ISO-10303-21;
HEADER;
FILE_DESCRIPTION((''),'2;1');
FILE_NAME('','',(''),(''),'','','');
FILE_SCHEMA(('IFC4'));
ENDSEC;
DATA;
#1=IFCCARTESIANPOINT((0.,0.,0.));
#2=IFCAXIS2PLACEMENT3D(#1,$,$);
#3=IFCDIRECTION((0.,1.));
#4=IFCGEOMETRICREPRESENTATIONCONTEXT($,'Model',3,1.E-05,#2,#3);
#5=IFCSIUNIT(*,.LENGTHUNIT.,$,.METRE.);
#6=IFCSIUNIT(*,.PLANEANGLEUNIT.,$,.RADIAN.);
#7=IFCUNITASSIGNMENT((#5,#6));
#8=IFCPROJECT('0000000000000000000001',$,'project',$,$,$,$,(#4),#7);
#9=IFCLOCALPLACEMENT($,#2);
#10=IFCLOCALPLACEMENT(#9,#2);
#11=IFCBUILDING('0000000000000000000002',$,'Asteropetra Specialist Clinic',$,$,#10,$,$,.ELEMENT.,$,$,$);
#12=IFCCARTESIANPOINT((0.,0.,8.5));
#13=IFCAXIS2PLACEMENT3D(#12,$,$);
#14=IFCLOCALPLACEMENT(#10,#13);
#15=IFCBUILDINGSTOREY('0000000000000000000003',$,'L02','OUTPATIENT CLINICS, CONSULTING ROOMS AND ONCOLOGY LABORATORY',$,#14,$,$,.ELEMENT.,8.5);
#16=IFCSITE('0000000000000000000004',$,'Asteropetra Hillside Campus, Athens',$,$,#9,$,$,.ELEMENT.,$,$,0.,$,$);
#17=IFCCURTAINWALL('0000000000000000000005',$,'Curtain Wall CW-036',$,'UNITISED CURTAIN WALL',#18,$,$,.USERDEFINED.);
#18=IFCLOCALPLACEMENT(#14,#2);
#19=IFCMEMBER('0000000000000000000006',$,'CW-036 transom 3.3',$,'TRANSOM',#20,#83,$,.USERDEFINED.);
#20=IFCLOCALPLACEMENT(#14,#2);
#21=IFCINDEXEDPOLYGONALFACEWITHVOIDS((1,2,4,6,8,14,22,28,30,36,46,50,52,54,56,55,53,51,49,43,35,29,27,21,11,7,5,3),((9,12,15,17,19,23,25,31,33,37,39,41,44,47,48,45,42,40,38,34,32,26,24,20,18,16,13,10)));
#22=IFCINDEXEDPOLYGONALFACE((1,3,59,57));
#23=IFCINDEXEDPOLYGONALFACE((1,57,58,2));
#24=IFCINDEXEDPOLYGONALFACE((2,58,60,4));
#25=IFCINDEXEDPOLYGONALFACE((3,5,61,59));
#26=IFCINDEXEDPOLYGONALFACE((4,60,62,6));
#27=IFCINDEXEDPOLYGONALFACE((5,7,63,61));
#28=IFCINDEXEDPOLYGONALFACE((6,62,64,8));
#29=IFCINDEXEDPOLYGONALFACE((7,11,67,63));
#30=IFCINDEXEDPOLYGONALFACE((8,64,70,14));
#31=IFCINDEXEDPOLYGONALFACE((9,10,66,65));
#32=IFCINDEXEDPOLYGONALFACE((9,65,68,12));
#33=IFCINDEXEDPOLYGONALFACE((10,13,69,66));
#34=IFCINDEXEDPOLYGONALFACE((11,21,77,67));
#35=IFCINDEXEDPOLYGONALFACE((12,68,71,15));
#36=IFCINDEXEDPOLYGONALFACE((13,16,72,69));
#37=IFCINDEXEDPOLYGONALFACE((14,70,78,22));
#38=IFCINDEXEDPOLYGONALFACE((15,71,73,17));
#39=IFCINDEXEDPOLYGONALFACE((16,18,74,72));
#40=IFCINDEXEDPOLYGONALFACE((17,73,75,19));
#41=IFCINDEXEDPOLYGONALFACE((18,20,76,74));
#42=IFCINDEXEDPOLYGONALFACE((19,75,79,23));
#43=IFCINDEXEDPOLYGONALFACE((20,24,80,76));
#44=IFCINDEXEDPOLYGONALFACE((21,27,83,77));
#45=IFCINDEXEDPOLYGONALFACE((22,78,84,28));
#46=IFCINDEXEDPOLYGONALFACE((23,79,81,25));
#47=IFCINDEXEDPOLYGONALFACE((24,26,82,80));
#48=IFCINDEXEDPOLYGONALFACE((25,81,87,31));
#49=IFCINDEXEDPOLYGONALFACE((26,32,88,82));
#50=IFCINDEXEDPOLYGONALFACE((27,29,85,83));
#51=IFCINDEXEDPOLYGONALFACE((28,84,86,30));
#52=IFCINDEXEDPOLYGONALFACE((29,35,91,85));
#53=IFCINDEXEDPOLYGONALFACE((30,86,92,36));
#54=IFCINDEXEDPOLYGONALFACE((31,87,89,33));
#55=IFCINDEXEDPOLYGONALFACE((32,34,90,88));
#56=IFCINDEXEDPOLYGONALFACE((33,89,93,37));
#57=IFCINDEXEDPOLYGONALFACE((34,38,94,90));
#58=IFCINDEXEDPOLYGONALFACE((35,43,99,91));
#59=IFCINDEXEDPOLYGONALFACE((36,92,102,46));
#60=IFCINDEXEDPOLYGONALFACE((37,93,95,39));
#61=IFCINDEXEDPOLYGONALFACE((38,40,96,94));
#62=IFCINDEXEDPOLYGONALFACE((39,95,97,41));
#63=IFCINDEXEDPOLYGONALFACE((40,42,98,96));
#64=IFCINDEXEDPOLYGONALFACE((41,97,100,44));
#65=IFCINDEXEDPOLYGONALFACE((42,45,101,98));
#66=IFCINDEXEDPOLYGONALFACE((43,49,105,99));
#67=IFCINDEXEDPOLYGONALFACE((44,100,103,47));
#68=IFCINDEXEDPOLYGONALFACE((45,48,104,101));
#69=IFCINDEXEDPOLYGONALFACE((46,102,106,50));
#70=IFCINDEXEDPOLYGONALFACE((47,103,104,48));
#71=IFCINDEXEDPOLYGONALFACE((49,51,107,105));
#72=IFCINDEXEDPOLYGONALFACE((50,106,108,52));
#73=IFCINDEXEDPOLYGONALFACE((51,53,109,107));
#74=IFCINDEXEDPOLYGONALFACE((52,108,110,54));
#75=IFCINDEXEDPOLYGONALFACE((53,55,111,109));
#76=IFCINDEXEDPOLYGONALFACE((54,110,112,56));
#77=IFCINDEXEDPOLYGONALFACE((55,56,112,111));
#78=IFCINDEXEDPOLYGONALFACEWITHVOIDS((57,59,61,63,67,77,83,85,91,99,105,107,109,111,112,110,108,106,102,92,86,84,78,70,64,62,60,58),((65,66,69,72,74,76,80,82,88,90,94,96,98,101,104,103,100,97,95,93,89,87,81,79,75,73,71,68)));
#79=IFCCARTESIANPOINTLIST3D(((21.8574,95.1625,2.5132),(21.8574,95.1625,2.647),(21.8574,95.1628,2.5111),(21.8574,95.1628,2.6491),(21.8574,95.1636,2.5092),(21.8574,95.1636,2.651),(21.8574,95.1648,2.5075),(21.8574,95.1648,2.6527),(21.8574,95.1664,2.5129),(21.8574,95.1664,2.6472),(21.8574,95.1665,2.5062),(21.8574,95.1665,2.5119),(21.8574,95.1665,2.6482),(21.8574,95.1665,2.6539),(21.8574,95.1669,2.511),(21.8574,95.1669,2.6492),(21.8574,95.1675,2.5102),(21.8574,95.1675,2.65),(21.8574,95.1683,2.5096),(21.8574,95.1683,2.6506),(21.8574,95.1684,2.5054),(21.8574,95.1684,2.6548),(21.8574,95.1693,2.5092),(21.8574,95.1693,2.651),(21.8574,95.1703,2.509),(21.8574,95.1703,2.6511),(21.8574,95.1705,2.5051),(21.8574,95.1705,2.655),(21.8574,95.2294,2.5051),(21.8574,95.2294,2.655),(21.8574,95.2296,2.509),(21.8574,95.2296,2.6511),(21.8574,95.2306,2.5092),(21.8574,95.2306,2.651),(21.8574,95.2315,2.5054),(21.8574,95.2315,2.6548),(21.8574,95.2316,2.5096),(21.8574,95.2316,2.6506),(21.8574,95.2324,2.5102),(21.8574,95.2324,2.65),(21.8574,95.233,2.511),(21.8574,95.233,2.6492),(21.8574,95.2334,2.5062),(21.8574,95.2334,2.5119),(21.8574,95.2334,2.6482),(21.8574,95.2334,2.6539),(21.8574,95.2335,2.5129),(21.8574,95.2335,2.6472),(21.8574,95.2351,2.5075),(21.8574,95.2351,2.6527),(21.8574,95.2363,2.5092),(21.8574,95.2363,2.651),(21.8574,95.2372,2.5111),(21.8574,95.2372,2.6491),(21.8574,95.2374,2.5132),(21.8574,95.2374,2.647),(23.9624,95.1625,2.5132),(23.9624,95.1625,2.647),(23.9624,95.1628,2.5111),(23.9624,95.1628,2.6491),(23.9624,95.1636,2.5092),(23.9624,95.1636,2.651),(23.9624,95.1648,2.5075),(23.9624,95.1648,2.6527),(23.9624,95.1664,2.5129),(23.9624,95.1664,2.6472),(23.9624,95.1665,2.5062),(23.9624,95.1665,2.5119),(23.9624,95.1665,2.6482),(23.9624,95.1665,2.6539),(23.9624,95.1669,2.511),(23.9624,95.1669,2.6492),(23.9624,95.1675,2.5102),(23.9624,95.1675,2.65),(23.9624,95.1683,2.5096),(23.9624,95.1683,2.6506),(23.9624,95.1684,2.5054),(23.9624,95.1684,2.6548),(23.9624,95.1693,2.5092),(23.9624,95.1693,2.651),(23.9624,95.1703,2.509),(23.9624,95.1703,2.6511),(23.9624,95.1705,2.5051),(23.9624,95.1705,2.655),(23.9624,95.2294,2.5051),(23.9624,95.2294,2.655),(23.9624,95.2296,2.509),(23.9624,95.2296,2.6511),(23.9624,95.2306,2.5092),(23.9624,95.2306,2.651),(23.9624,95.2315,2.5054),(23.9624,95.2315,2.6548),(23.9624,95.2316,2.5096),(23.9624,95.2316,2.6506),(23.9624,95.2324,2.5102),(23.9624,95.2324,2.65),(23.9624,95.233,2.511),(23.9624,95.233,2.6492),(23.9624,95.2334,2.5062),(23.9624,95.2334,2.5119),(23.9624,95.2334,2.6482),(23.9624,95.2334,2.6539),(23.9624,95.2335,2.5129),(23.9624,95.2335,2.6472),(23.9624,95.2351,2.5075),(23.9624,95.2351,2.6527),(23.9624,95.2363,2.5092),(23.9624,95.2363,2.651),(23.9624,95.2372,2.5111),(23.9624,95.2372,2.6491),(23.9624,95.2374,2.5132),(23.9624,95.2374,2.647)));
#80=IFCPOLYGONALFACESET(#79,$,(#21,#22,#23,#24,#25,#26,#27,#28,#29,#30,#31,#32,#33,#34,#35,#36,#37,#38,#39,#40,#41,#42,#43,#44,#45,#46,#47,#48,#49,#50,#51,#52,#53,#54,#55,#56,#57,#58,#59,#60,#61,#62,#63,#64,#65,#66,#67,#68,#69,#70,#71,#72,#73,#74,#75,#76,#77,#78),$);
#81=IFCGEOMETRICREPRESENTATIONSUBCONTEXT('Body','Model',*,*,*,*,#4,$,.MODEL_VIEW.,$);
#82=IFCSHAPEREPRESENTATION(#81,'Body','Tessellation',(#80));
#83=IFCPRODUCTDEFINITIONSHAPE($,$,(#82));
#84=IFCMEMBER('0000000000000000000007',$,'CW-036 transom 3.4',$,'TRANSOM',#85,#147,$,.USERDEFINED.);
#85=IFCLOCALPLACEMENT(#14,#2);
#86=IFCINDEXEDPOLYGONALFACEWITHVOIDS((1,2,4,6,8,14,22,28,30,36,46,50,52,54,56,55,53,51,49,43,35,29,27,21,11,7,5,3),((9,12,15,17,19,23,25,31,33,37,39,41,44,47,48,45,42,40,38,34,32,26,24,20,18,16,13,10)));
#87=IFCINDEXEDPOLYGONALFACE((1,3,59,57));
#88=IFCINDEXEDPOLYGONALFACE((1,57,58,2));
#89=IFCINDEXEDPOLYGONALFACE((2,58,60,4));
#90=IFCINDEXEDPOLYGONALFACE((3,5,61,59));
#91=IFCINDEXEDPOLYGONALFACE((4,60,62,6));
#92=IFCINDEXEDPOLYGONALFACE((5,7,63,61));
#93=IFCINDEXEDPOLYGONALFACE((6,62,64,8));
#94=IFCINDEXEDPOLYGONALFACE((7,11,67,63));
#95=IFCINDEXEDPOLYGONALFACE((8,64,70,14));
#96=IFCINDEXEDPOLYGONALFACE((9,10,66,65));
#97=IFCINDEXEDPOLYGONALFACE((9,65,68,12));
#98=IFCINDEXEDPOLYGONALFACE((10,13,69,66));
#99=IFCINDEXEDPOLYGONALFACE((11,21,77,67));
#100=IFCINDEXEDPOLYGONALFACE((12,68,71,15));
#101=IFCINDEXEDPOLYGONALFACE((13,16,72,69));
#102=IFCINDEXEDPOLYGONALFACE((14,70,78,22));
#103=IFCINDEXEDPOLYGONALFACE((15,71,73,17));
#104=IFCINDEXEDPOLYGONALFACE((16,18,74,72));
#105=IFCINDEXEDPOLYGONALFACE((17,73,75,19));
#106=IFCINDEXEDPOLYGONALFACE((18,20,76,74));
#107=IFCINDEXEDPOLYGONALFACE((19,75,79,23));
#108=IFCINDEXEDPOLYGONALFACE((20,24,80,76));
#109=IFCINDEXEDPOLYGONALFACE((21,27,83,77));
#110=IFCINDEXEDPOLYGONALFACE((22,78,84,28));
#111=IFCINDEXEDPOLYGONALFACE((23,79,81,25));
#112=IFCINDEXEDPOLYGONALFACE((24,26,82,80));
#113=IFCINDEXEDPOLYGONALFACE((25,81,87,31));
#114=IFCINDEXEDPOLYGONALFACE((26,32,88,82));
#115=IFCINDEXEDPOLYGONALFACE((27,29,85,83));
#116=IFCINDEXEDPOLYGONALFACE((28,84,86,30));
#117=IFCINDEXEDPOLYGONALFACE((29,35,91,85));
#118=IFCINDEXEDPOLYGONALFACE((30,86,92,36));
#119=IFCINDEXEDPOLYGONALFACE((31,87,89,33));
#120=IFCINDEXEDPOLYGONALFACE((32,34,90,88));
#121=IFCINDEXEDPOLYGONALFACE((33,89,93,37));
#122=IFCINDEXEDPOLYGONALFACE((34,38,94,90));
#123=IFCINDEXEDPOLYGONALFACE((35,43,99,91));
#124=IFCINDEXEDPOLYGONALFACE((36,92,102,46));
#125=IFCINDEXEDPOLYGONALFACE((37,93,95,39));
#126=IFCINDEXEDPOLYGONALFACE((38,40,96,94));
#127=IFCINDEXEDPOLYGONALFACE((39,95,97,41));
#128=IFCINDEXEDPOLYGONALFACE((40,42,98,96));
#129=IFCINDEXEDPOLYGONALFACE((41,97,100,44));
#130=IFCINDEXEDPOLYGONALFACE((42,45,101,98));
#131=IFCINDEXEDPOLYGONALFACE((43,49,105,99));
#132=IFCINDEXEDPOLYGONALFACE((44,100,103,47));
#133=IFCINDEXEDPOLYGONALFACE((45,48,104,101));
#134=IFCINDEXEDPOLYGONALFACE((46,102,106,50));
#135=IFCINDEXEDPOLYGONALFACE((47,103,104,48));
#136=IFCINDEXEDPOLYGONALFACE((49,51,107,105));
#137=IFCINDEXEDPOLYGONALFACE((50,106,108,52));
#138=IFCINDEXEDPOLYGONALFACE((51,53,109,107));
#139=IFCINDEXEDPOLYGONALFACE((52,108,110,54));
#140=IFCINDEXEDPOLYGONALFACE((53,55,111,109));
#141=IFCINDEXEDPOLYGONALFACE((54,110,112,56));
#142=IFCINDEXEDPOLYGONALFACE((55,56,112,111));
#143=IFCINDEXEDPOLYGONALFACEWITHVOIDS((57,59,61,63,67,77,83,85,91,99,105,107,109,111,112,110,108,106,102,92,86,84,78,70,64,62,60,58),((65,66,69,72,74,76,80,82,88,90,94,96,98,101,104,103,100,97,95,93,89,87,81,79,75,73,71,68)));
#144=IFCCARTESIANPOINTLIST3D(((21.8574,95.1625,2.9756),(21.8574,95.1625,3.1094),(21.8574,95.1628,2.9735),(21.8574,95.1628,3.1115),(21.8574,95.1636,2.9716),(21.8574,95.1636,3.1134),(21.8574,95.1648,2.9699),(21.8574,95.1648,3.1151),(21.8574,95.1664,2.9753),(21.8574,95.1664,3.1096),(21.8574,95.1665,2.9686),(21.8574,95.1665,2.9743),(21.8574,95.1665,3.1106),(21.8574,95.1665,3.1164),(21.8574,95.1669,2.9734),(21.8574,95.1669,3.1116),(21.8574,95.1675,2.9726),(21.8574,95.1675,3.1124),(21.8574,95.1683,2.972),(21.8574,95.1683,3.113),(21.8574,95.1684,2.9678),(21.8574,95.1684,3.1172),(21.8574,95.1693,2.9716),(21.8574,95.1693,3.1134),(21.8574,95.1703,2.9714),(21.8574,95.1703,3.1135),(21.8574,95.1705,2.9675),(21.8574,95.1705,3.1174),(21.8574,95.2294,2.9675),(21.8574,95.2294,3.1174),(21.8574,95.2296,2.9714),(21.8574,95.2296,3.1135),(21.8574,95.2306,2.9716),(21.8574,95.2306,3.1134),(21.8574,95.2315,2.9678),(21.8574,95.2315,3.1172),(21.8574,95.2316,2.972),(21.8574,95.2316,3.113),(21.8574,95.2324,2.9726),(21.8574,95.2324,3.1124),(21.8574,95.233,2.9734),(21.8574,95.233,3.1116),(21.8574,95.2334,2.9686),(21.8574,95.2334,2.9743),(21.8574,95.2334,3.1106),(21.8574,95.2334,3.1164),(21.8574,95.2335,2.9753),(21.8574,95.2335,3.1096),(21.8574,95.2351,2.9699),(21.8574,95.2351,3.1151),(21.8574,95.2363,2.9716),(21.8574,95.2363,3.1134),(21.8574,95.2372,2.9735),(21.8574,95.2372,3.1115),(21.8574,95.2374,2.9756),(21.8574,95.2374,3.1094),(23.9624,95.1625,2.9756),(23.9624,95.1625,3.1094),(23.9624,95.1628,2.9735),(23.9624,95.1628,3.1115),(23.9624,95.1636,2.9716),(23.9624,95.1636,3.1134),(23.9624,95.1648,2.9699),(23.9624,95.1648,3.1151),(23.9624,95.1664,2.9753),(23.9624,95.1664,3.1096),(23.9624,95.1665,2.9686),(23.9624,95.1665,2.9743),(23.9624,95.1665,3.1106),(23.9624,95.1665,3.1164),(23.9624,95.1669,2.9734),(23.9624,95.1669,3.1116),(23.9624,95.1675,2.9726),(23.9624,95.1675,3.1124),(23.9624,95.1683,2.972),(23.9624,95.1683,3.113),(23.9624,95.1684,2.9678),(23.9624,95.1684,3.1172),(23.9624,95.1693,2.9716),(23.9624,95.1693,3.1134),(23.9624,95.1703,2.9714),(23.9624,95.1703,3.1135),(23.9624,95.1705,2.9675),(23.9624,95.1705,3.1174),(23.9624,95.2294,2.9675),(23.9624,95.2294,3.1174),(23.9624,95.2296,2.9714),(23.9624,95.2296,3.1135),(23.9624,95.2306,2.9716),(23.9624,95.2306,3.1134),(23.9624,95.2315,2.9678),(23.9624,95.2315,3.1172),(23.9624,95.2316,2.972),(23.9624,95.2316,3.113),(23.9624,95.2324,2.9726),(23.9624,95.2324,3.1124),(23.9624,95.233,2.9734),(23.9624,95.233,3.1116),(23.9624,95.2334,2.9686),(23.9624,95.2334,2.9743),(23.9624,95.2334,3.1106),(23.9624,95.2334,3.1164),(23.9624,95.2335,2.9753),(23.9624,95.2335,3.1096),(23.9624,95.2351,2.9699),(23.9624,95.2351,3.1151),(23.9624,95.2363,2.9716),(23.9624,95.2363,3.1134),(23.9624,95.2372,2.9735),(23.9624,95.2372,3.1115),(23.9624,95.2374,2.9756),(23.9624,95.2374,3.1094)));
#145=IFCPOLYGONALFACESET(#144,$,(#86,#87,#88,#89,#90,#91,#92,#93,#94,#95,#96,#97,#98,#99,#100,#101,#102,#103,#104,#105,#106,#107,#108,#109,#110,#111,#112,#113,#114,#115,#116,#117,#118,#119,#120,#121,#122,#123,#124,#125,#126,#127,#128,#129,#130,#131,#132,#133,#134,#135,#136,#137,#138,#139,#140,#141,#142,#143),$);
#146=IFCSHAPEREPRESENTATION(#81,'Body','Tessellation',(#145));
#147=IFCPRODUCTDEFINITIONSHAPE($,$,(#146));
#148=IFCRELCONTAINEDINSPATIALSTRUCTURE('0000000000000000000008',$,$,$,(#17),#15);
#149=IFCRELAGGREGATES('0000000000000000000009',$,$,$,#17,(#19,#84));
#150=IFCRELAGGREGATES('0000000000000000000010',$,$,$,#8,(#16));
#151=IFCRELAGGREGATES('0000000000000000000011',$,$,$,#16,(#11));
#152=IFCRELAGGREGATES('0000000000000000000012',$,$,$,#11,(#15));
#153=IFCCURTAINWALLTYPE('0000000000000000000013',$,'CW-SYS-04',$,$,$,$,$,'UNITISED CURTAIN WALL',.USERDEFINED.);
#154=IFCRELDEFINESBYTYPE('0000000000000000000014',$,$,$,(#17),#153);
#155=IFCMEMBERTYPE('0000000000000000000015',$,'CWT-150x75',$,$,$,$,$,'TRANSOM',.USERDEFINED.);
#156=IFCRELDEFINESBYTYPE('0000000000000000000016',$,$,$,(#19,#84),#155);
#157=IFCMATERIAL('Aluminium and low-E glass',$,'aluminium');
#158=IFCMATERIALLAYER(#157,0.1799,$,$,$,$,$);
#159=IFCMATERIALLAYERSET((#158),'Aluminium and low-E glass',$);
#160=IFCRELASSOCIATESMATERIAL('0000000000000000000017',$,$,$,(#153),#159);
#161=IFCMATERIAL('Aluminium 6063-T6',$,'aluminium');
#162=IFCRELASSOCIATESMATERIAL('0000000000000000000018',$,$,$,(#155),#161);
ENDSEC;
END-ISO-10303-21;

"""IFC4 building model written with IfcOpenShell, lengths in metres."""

from ifc_helpers import new_model, si_unit, direction, frame, origin, origin_2d, place, context, subcontext, project, spatial, hollow_rectangle, extrude, material, layer, layer_set, material_profile, profile_set, type_object, element, aggregate, save


model = new_model("IFC4")

# Units and contexts
model_context = context("Model", 3, precision=1e-05, world=origin(), true_north=direction((0.0, 1.0)))
body_context = subcontext(model_context, "Body", "Model", "MODEL_VIEW")
ifc_project = project(units=[si_unit("LENGTHUNIT", "METRE"), si_unit("PLANEANGLEUNIT", "RADIAN")], contexts=[model_context])

# Site, building, storey
site_placement = place(None, origin())
site = spatial("IfcSite", under=ifc_project, at=site_placement, Name="Asteropetra Hillside Campus, Athens", CompositionType="ELEMENT", RefElevation=0.0)
building_placement = place(site_placement, origin())
building = spatial("IfcBuilding", under=site, at=building_placement, Name="Asteropetra Specialist Clinic", CompositionType="ELEMENT")
storey_placement = place(building_placement, frame((0.0, 0.0, 8.5)))
storey = spatial("IfcBuildingStorey", under=building, at=storey_placement, Name="L02", Description="OUTPATIENT CLINICS, CONSULTING ROOMS AND ONCOLOGY LABORATORY", CompositionType="ELEMENT", Elevation=8.5)

# Curtain wall, members
ifc_material_1 = material(Name="Aluminium and low-E glass", Category="aluminium")
ifc_layer_1 = layer(ifc_material_1, 0.1799)
ifc_layer_set_1 = layer_set([ifc_layer_1], Name="Aluminium and low-E glass")
curtain_wall_type = type_object("IfcCurtainWallType", Name="CW-SYS-04", ElementType="UNITISED CURTAIN WALL", PredefinedType="USERDEFINED", material=ifc_layer_set_1)
curtain_wall_placement = place(storey_placement, origin())
curtain_wall = element("IfcCurtainWall", 1, at=curtain_wall_placement, inside=storey, type_object=curtain_wall_type, Name="Curtain Wall CW-036", ObjectType="UNITISED CURTAIN WALL", PredefinedType="USERDEFINED")
ifc_material_2 = material(Name="Aluminium 6063-T6", Category="aluminium")
ifc_material_profile_1 = material_profile(ifc_material_2, hollow_rectangle(XDim=0.075, YDim=0.1499, WallThickness=0.0039, InnerFilletRadius=0.0039, OuterFilletRadius=0.0081, at=origin_2d()), Name="TRN 150x75x4.0")
ifc_profile_set_1 = profile_set([ifc_material_profile_1], Name="Aluminium 6063-T6")
member_type_1 = type_object("IfcMemberType", Name="CWT-150x75", ElementType="TRANSOM", PredefinedType="USERDEFINED", material=ifc_profile_set_1)
member_1_placement = place(storey_placement, frame((23.9624, 95.2, 2.5801), z_axis=(-1.0, 0.0, 0.0), x_axis=(0.0, -1.0, 0.0)))
member_1 = element("IfcMember", 2, at=member_1_placement, type_object=member_type_1, Name="CW-036 transom 3.3", ObjectType="TRANSOM", PredefinedType="USERDEFINED", context=body_context, shape_type="SweptSolid", body=[
    extrude(hollow_rectangle(XDim=0.075, YDim=0.1499, WallThickness=0.0039, InnerFilletRadius=0.0039, OuterFilletRadius=0.0081, at=origin_2d()), origin(), (0.0, 0.0, 1.0), 2.105),
])
member_2_placement = place(storey_placement, frame((23.9624, 95.2, 3.0425), z_axis=(-1.0, 0.0, 0.0), x_axis=(0.0, -1.0, 0.0)))
member_2 = element("IfcMember", 3, at=member_2_placement, type_object=member_type_1, Name="CW-036 transom 3.4", ObjectType="TRANSOM", PredefinedType="USERDEFINED", context=body_context, shape_type="SweptSolid", body=[
    extrude(hollow_rectangle(XDim=0.075, YDim=0.1499, WallThickness=0.0039, InnerFilletRadius=0.0039, OuterFilletRadius=0.0081, at=origin_2d()), origin(), (0.0, 0.0, 1.0), 2.105),
])
aggregate(curtain_wall, [member_1, member_2])

save(model, "model.ifc")
